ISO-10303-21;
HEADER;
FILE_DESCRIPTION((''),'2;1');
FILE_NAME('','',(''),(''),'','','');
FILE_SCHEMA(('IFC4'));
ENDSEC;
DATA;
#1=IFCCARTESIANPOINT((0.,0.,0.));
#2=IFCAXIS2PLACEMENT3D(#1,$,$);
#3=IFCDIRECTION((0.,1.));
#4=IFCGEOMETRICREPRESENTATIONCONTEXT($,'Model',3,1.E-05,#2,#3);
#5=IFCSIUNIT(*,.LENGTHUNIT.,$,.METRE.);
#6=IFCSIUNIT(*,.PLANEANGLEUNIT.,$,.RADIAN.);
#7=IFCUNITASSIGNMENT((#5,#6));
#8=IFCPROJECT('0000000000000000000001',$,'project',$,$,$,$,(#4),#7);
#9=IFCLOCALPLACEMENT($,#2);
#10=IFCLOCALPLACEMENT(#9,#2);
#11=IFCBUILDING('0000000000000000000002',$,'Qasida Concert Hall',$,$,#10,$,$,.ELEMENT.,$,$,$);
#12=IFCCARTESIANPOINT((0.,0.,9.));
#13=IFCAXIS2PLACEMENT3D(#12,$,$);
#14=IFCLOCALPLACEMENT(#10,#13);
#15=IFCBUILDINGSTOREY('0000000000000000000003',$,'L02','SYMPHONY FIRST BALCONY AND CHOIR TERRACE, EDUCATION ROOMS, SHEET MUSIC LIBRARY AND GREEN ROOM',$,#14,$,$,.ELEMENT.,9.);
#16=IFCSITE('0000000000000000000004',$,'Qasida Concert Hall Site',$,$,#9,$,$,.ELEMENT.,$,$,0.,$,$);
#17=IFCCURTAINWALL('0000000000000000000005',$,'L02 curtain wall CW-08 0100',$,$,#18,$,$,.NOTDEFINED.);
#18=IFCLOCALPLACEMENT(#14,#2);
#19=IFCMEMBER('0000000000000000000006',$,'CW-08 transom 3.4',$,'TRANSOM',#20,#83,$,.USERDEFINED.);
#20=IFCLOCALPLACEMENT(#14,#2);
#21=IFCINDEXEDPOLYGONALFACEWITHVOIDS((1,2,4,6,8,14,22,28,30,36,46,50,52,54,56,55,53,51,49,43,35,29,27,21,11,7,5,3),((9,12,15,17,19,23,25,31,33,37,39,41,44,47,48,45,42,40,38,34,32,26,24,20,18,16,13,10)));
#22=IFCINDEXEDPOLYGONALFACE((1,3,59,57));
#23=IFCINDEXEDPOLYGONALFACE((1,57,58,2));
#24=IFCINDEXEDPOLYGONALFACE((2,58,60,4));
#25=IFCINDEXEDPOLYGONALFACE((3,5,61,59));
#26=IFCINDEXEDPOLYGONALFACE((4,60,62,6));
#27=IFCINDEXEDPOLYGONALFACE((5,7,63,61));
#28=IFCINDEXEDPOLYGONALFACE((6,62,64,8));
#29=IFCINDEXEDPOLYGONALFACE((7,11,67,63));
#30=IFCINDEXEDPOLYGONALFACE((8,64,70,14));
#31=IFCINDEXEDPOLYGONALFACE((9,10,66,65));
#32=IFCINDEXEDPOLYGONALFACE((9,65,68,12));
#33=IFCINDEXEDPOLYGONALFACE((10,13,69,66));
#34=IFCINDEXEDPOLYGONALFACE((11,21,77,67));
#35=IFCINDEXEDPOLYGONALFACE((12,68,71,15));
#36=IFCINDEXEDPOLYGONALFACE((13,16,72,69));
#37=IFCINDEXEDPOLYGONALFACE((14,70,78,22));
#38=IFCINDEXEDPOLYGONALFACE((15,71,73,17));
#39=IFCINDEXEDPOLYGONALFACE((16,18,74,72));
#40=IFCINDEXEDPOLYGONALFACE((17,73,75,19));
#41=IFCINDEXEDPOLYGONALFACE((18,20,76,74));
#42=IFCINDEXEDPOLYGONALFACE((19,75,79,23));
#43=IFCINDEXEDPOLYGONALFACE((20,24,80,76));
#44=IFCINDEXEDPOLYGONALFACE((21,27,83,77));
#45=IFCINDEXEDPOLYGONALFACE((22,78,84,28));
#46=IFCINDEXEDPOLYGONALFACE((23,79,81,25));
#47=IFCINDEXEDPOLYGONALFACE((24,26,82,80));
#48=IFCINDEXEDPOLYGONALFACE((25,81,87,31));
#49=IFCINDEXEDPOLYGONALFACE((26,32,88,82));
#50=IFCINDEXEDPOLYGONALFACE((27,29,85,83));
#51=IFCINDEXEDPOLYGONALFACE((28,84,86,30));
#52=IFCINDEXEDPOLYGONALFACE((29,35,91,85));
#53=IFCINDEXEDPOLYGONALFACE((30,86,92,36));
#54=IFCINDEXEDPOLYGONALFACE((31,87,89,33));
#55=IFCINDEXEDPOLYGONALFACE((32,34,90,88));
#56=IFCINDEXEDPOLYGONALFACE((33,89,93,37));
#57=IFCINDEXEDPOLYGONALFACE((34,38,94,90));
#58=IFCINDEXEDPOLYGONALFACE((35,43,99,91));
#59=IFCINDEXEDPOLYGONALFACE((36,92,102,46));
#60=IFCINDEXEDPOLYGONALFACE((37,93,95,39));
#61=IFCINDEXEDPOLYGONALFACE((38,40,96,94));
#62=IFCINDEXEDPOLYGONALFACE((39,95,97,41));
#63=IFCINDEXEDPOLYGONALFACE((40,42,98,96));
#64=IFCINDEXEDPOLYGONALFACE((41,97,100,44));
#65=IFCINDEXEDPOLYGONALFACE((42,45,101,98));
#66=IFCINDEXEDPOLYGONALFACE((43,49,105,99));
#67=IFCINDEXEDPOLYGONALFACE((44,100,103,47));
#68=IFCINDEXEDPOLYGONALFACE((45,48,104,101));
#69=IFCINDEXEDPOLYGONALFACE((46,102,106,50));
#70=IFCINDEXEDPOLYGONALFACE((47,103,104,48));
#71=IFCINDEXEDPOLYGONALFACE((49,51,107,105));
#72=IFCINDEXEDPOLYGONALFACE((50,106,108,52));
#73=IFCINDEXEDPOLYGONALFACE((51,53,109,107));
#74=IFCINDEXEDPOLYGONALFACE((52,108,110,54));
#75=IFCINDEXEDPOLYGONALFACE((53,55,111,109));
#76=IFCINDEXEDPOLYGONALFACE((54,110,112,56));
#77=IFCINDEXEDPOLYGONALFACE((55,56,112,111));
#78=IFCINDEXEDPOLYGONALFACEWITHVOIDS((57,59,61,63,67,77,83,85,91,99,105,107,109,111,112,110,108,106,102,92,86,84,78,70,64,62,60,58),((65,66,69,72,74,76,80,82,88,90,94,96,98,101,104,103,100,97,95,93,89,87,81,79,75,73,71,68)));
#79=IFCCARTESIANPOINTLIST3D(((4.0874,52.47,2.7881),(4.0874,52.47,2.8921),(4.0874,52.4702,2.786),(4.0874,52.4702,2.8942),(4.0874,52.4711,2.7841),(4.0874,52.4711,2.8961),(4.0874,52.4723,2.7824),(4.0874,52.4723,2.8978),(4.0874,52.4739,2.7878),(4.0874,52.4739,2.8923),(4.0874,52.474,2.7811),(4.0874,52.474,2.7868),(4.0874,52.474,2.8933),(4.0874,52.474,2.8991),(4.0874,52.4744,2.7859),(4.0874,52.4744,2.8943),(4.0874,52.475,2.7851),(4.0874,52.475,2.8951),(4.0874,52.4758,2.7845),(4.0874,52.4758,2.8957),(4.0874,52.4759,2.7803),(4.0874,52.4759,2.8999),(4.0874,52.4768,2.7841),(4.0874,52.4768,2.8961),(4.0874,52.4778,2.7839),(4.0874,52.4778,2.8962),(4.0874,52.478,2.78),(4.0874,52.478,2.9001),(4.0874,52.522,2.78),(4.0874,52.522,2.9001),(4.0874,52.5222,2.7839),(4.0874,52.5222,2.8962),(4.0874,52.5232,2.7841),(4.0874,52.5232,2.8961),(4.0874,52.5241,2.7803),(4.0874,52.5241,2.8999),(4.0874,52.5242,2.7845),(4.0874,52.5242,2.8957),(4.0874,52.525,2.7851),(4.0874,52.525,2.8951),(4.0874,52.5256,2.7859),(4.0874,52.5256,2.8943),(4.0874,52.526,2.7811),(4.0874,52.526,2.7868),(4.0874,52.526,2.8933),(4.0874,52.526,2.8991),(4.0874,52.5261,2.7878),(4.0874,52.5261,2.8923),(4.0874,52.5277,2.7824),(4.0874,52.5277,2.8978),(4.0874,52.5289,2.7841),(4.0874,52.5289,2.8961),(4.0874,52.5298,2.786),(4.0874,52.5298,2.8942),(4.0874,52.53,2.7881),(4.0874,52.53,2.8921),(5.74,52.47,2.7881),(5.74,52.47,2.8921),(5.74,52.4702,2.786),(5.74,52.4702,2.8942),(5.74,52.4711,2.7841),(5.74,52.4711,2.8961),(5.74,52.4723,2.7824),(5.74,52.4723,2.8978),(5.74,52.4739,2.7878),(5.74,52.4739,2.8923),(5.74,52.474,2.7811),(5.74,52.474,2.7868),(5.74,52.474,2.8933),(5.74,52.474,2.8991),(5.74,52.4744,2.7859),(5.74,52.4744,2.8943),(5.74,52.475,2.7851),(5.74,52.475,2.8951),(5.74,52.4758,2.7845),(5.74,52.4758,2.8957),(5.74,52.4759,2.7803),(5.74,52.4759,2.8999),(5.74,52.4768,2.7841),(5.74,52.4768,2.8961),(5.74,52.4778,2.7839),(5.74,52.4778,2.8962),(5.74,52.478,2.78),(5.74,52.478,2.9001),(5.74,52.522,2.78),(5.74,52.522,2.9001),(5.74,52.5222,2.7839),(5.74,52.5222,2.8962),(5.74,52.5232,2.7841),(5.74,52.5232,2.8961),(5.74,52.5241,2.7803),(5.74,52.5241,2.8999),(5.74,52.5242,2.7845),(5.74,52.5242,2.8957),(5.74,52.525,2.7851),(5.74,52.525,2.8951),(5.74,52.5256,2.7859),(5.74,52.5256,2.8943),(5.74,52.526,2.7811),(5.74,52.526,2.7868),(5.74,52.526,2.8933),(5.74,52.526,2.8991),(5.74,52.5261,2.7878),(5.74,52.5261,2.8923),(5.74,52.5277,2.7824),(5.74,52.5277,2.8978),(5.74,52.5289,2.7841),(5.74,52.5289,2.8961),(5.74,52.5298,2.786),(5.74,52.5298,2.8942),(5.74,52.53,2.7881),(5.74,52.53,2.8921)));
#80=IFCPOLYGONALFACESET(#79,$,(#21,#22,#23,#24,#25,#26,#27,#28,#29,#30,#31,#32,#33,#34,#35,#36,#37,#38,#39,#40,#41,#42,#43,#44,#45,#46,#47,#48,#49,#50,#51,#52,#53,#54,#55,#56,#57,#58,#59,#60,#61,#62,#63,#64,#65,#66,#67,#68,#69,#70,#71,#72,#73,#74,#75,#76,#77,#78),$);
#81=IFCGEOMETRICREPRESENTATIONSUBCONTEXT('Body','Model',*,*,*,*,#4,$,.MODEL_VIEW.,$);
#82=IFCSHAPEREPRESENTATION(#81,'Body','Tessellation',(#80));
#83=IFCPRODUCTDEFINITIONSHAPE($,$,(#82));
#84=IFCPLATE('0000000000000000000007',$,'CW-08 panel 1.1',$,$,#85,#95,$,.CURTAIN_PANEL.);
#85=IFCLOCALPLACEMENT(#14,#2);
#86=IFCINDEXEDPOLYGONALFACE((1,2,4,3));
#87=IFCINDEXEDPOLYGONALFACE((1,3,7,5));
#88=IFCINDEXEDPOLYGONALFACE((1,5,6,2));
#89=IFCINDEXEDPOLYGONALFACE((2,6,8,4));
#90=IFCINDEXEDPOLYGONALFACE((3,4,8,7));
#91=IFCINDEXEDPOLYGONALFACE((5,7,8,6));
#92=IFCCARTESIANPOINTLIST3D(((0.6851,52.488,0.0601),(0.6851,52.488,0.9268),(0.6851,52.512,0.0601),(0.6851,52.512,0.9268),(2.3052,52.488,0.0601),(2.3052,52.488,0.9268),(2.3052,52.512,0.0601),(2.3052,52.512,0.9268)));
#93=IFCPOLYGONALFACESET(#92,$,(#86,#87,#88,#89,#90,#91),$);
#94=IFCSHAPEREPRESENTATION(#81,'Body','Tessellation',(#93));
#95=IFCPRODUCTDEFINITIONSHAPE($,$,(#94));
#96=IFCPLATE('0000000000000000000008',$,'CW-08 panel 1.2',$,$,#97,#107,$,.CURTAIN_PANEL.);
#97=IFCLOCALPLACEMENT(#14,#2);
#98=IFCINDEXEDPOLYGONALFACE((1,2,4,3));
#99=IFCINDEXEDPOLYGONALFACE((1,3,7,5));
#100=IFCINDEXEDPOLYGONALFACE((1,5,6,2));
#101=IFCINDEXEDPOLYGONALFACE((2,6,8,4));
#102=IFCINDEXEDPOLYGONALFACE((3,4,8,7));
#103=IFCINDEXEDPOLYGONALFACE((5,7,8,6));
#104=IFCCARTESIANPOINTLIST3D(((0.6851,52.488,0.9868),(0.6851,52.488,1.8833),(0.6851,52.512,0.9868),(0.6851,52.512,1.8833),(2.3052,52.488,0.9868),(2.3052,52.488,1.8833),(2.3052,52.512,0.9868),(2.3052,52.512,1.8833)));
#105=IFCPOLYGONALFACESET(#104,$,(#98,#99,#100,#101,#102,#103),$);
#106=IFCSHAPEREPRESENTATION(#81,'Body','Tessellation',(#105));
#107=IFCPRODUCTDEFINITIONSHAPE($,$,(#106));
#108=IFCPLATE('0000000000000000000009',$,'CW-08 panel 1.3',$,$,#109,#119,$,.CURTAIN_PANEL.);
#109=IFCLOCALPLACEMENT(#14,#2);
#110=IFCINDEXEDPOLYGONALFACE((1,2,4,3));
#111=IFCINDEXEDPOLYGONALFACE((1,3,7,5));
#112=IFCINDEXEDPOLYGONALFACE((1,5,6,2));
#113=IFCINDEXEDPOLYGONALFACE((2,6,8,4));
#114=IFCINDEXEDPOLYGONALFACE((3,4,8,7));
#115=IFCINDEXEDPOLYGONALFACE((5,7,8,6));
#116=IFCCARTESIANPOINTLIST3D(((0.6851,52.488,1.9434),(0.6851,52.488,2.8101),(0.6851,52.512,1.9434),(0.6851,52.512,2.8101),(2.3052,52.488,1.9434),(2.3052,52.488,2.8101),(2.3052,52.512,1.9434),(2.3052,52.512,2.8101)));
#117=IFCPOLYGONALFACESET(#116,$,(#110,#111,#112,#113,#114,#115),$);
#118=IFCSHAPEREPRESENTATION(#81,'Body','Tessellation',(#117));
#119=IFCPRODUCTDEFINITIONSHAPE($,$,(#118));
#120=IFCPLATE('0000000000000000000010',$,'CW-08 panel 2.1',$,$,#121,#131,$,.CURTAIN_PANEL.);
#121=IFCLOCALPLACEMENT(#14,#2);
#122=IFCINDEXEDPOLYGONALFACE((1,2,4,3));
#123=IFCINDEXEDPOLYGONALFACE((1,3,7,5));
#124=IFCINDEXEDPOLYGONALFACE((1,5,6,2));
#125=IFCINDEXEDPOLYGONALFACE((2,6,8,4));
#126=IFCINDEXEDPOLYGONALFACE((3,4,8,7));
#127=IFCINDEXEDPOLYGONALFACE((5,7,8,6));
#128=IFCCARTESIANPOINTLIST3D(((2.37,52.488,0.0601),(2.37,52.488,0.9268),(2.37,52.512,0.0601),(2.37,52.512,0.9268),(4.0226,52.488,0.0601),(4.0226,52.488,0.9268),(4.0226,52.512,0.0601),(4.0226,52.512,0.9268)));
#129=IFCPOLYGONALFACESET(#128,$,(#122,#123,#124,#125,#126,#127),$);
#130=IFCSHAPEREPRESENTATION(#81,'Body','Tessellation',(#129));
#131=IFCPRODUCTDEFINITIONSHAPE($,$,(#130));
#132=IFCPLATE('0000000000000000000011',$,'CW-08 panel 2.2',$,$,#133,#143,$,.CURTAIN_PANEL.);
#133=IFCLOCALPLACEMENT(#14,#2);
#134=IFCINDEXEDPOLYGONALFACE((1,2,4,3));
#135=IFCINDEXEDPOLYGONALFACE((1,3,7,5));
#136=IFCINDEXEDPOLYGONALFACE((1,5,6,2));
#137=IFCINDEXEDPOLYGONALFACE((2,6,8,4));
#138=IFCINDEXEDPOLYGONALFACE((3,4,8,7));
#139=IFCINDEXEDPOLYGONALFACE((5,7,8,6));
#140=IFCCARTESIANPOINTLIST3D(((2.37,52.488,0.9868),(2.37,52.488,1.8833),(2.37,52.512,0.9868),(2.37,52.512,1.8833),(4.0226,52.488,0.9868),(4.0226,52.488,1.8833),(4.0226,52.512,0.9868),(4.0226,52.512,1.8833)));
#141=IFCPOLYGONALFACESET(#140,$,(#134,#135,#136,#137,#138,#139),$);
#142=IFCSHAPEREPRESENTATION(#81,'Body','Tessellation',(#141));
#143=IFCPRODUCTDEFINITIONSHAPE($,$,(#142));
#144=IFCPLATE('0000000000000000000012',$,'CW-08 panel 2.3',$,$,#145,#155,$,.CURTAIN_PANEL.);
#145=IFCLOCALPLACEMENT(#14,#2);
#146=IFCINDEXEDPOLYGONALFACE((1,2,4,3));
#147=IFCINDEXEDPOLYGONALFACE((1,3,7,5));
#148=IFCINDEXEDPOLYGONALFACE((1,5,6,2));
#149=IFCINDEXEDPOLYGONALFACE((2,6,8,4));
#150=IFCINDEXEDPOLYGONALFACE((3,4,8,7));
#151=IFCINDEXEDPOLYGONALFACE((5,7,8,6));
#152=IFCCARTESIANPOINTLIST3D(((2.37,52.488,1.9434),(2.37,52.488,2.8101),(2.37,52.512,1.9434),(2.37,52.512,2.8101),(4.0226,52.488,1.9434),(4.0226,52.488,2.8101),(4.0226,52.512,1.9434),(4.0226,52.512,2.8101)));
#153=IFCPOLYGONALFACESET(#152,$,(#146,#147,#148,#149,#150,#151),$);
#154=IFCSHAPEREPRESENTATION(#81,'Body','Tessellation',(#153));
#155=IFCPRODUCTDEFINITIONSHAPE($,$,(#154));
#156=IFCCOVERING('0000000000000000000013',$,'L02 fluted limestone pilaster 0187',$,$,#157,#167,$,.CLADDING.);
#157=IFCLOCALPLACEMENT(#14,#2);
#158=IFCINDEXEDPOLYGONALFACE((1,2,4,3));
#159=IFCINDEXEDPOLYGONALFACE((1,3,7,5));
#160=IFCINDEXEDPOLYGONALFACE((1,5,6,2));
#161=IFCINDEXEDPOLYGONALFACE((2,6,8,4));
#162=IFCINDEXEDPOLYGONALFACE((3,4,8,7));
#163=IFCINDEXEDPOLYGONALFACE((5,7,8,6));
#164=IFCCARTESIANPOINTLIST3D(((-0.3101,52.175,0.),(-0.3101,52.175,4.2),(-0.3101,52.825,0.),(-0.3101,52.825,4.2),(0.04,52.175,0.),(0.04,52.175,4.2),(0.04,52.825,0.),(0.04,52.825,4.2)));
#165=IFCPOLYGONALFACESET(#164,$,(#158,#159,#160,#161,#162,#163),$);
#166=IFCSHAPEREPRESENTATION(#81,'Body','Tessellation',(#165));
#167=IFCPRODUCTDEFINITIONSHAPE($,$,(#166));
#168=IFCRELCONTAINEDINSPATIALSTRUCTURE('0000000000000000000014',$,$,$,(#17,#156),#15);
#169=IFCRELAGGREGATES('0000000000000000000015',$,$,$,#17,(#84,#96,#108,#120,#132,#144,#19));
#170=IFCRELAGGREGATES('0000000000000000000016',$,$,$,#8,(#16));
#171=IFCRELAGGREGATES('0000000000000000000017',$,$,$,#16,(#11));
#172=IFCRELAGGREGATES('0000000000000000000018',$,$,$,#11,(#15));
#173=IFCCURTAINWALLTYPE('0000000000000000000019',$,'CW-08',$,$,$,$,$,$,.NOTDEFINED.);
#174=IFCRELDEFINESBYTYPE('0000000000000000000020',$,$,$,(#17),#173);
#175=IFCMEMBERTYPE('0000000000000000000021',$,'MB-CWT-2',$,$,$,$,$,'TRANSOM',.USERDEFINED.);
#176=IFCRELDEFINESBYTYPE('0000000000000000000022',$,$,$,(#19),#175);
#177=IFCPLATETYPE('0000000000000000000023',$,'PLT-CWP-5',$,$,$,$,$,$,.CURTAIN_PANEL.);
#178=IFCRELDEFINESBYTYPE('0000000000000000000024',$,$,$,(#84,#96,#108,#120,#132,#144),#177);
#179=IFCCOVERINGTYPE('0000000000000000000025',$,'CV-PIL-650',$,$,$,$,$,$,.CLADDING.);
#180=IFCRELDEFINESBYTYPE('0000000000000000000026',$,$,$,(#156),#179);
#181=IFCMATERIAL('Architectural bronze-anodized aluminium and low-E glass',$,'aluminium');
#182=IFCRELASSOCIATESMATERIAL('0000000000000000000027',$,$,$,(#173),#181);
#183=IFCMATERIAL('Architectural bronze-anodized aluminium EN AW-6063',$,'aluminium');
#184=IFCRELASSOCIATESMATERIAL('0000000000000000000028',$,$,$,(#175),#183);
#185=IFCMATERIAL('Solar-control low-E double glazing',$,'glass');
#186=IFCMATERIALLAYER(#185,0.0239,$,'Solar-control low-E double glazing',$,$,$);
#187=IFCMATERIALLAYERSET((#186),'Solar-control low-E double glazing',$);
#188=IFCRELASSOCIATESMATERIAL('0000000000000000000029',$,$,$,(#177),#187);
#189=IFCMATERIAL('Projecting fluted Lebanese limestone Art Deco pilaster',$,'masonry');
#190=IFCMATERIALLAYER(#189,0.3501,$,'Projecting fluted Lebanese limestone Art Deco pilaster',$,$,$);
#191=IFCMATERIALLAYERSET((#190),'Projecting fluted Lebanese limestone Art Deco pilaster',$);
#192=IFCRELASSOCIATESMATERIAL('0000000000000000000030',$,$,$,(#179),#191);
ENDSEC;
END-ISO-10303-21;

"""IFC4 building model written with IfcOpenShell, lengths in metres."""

from ifc_helpers import new_model, si_unit, direction, frame, origin, origin_2d, place, context, subcontext, project, spatial, rectangle, hollow_rectangle, extrude, material, layer, layer_set, material_profile, profile_set, type_object, element, aggregate, save


model = new_model("IFC4")

# Units and contexts
model_context = context("Model", 3, precision=1e-05, world=origin(), true_north=direction((0.0, 1.0)))
body_context = subcontext(model_context, "Body", "Model", "MODEL_VIEW")
ifc_project = project(units=[si_unit("LENGTHUNIT", "METRE"), si_unit("PLANEANGLEUNIT", "RADIAN")], contexts=[model_context])

# Site, building, storey
site_placement = place(None, origin())
site = spatial("IfcSite", under=ifc_project, at=site_placement, Name="Qasida Concert Hall Site", CompositionType="ELEMENT", RefElevation=0.0)
building_placement = place(site_placement, origin())
building = spatial("IfcBuilding", under=site, at=building_placement, Name="Qasida Concert Hall", CompositionType="ELEMENT")
storey_placement = place(building_placement, frame((0.0, 0.0, 9.0)))
storey = spatial("IfcBuildingStorey", under=building, at=storey_placement, Name="L02", Description="SYMPHONY FIRST BALCONY AND CHOIR TERRACE, EDUCATION ROOMS, SHEET MUSIC LIBRARY AND GREEN ROOM", CompositionType="ELEMENT", Elevation=9.0)

# Curtain wall, member, plates
ifc_material_1 = material(Name="Architectural bronze-anodized aluminium and low-E glass", Category="aluminium")
curtain_wall_type = type_object("IfcCurtainWallType", Name="CW-08", PredefinedType="NOTDEFINED", material=ifc_material_1)
curtain_wall_placement = place(storey_placement, origin())
curtain_wall = element("IfcCurtainWall", 1, at=curtain_wall_placement, inside=storey, type_object=curtain_wall_type, Name="L02 curtain wall CW-08 0100", PredefinedType="NOTDEFINED")
ifc_material_2 = material(Name="Architectural bronze-anodized aluminium EN AW-6063", Category="aluminium")
ifc_material_profile_1 = material_profile(ifc_material_2, hollow_rectangle(XDim=0.0601, YDim=0.1201, WallThickness=0.0039, InnerFilletRadius=0.0039, OuterFilletRadius=0.0081, at=origin_2d()), Name="CWT 120x60x4")
ifc_profile_set_1 = profile_set([ifc_material_profile_1], Name="Architectural bronze-anodized aluminium EN AW-6063")
member_type_1 = type_object("IfcMemberType", Name="MB-CWT-2", ElementType="TRANSOM", PredefinedType="USERDEFINED", material=ifc_profile_set_1)
member_1_placement = place(storey_placement, frame((4.0874, 52.5, 2.8401), z_axis=(1.0, 0.0, 0.0), x_axis=(0.0, 1.0, 0.0)))
member_1 = element("IfcMember", 2, at=member_1_placement, type_object=member_type_1, Name="CW-08 transom 3.4", ObjectType="TRANSOM", PredefinedType="USERDEFINED", context=body_context, shape_type="SweptSolid", body=[
    extrude(hollow_rectangle(XDim=0.0601, YDim=0.1201, WallThickness=0.0039, InnerFilletRadius=0.0039, OuterFilletRadius=0.0081, at=origin_2d()), origin(), (0.0, 0.0, 1.0), 1.6526),
])
ifc_material_3 = material(Name="Solar-control low-E double glazing", Category="glass")
ifc_layer_1 = layer(ifc_material_3, 0.0239, Name="Solar-control low-E double glazing")
ifc_layer_set_1 = layer_set([ifc_layer_1], Name="Solar-control low-E double glazing")
plate_type = type_object("IfcPlateType", Name="PLT-CWP-5", PredefinedType="CURTAIN_PANEL", material=ifc_layer_set_1)
plate_1_placement = place(storey_placement, frame((1.4951, 52.5, 0.0601), z_axis=(0.0, 0.0, 1.0), x_axis=(1.0, 0.0, 0.0)))
plate_1 = element("IfcPlate", 3, at=plate_1_placement, type_object=plate_type, Name="CW-08 panel 1.1", PredefinedType="CURTAIN_PANEL", context=body_context, shape_type="SweptSolid", body=[
    extrude(rectangle(XDim=1.6201, YDim=0.0239, at=origin_2d()), origin(), (0.0, 0.0, 1.0), 0.8667),
])
plate_2_placement = place(storey_placement, frame((1.4951, 52.5, 0.9868), z_axis=(0.0, 0.0, 1.0), x_axis=(1.0, 0.0, 0.0)))
plate_2 = element("IfcPlate", 4, at=plate_2_placement, type_object=plate_type, Name="CW-08 panel 1.2", PredefinedType="CURTAIN_PANEL", context=body_context, shape_type="SweptSolid", body=[
    extrude(rectangle(XDim=1.6201, YDim=0.0239, at=origin_2d()), origin(), (0.0, 0.0, 1.0), 0.8965),
])
plate_3_placement = place(storey_placement, frame((1.4951, 52.5, 1.9434), z_axis=(0.0, 0.0, 1.0), x_axis=(1.0, 0.0, 0.0)))
plate_3 = element("IfcPlate", 5, at=plate_3_placement, type_object=plate_type, Name="CW-08 panel 1.3", PredefinedType="CURTAIN_PANEL", context=body_context, shape_type="SweptSolid", body=[
    extrude(rectangle(XDim=1.6201, YDim=0.0239, at=origin_2d()), origin(), (0.0, 0.0, 1.0), 0.8667),
])
plate_4_placement = place(storey_placement, frame((3.1963, 52.5, 0.0601), z_axis=(0.0, 0.0, 1.0), x_axis=(1.0, 0.0, 0.0)))
plate_4 = element("IfcPlate", 6, at=plate_4_placement, type_object=plate_type, Name="CW-08 panel 2.1", PredefinedType="CURTAIN_PANEL", context=body_context, shape_type="SweptSolid", body=[
    extrude(rectangle(XDim=1.6526, YDim=0.0239, at=origin_2d()), origin(), (0.0, 0.0, 1.0), 0.8667),
])
plate_5_placement = place(storey_placement, frame((3.1963, 52.5, 0.9868), z_axis=(0.0, 0.0, 1.0), x_axis=(1.0, 0.0, 0.0)))
plate_5 = element("IfcPlate", 7, at=plate_5_placement, type_object=plate_type, Name="CW-08 panel 2.2", PredefinedType="CURTAIN_PANEL", context=body_context, shape_type="SweptSolid", body=[
    extrude(rectangle(XDim=1.6526, YDim=0.0239, at=origin_2d()), origin(), (0.0, 0.0, 1.0), 0.8965),
])
plate_6_placement = place(storey_placement, frame((3.1963, 52.5, 1.9434), z_axis=(0.0, 0.0, 1.0), x_axis=(1.0, 0.0, 0.0)))
plate_6 = element("IfcPlate", 8, at=plate_6_placement, type_object=plate_type, Name="CW-08 panel 2.3", PredefinedType="CURTAIN_PANEL", context=body_context, shape_type="SweptSolid", body=[
    extrude(rectangle(XDim=1.6526, YDim=0.0239, at=origin_2d()), origin(), (0.0, 0.0, 1.0), 0.8667),
])
aggregate(curtain_wall, [plate_1, plate_2, plate_3, plate_4, plate_5, plate_6, member_1])

# Covering
ifc_material_4 = material(Name="Projecting fluted Lebanese limestone Art Deco pilaster", Category="masonry")
ifc_layer_2 = layer(ifc_material_4, 0.3501, Name="Projecting fluted Lebanese limestone Art Deco pilaster")
ifc_layer_set_2 = layer_set([ifc_layer_2], Name="Projecting fluted Lebanese limestone Art Deco pilaster")
covering_type = type_object("IfcCoveringType", Name="CV-PIL-650", PredefinedType="CLADDING", material=ifc_layer_set_2)
covering_placement = place(storey_placement, frame((-0.135, 52.5, 0.0), z_axis=(0.0, 0.0, 1.0), x_axis=(1.0, 0.0, 0.0)))
element("IfcCovering", 9, at=covering_placement, inside=storey, type_object=covering_type, Name="L02 fluted limestone pilaster 0187", PredefinedType="CLADDING", context=body_context, shape_type="SweptSolid", body=[
    extrude(rectangle(XDim=0.3501, YDim=0.6499, at=origin_2d()), origin(), (0.0, 0.0, 1.0), 4.2),
])

save(model, "model.ifc")
